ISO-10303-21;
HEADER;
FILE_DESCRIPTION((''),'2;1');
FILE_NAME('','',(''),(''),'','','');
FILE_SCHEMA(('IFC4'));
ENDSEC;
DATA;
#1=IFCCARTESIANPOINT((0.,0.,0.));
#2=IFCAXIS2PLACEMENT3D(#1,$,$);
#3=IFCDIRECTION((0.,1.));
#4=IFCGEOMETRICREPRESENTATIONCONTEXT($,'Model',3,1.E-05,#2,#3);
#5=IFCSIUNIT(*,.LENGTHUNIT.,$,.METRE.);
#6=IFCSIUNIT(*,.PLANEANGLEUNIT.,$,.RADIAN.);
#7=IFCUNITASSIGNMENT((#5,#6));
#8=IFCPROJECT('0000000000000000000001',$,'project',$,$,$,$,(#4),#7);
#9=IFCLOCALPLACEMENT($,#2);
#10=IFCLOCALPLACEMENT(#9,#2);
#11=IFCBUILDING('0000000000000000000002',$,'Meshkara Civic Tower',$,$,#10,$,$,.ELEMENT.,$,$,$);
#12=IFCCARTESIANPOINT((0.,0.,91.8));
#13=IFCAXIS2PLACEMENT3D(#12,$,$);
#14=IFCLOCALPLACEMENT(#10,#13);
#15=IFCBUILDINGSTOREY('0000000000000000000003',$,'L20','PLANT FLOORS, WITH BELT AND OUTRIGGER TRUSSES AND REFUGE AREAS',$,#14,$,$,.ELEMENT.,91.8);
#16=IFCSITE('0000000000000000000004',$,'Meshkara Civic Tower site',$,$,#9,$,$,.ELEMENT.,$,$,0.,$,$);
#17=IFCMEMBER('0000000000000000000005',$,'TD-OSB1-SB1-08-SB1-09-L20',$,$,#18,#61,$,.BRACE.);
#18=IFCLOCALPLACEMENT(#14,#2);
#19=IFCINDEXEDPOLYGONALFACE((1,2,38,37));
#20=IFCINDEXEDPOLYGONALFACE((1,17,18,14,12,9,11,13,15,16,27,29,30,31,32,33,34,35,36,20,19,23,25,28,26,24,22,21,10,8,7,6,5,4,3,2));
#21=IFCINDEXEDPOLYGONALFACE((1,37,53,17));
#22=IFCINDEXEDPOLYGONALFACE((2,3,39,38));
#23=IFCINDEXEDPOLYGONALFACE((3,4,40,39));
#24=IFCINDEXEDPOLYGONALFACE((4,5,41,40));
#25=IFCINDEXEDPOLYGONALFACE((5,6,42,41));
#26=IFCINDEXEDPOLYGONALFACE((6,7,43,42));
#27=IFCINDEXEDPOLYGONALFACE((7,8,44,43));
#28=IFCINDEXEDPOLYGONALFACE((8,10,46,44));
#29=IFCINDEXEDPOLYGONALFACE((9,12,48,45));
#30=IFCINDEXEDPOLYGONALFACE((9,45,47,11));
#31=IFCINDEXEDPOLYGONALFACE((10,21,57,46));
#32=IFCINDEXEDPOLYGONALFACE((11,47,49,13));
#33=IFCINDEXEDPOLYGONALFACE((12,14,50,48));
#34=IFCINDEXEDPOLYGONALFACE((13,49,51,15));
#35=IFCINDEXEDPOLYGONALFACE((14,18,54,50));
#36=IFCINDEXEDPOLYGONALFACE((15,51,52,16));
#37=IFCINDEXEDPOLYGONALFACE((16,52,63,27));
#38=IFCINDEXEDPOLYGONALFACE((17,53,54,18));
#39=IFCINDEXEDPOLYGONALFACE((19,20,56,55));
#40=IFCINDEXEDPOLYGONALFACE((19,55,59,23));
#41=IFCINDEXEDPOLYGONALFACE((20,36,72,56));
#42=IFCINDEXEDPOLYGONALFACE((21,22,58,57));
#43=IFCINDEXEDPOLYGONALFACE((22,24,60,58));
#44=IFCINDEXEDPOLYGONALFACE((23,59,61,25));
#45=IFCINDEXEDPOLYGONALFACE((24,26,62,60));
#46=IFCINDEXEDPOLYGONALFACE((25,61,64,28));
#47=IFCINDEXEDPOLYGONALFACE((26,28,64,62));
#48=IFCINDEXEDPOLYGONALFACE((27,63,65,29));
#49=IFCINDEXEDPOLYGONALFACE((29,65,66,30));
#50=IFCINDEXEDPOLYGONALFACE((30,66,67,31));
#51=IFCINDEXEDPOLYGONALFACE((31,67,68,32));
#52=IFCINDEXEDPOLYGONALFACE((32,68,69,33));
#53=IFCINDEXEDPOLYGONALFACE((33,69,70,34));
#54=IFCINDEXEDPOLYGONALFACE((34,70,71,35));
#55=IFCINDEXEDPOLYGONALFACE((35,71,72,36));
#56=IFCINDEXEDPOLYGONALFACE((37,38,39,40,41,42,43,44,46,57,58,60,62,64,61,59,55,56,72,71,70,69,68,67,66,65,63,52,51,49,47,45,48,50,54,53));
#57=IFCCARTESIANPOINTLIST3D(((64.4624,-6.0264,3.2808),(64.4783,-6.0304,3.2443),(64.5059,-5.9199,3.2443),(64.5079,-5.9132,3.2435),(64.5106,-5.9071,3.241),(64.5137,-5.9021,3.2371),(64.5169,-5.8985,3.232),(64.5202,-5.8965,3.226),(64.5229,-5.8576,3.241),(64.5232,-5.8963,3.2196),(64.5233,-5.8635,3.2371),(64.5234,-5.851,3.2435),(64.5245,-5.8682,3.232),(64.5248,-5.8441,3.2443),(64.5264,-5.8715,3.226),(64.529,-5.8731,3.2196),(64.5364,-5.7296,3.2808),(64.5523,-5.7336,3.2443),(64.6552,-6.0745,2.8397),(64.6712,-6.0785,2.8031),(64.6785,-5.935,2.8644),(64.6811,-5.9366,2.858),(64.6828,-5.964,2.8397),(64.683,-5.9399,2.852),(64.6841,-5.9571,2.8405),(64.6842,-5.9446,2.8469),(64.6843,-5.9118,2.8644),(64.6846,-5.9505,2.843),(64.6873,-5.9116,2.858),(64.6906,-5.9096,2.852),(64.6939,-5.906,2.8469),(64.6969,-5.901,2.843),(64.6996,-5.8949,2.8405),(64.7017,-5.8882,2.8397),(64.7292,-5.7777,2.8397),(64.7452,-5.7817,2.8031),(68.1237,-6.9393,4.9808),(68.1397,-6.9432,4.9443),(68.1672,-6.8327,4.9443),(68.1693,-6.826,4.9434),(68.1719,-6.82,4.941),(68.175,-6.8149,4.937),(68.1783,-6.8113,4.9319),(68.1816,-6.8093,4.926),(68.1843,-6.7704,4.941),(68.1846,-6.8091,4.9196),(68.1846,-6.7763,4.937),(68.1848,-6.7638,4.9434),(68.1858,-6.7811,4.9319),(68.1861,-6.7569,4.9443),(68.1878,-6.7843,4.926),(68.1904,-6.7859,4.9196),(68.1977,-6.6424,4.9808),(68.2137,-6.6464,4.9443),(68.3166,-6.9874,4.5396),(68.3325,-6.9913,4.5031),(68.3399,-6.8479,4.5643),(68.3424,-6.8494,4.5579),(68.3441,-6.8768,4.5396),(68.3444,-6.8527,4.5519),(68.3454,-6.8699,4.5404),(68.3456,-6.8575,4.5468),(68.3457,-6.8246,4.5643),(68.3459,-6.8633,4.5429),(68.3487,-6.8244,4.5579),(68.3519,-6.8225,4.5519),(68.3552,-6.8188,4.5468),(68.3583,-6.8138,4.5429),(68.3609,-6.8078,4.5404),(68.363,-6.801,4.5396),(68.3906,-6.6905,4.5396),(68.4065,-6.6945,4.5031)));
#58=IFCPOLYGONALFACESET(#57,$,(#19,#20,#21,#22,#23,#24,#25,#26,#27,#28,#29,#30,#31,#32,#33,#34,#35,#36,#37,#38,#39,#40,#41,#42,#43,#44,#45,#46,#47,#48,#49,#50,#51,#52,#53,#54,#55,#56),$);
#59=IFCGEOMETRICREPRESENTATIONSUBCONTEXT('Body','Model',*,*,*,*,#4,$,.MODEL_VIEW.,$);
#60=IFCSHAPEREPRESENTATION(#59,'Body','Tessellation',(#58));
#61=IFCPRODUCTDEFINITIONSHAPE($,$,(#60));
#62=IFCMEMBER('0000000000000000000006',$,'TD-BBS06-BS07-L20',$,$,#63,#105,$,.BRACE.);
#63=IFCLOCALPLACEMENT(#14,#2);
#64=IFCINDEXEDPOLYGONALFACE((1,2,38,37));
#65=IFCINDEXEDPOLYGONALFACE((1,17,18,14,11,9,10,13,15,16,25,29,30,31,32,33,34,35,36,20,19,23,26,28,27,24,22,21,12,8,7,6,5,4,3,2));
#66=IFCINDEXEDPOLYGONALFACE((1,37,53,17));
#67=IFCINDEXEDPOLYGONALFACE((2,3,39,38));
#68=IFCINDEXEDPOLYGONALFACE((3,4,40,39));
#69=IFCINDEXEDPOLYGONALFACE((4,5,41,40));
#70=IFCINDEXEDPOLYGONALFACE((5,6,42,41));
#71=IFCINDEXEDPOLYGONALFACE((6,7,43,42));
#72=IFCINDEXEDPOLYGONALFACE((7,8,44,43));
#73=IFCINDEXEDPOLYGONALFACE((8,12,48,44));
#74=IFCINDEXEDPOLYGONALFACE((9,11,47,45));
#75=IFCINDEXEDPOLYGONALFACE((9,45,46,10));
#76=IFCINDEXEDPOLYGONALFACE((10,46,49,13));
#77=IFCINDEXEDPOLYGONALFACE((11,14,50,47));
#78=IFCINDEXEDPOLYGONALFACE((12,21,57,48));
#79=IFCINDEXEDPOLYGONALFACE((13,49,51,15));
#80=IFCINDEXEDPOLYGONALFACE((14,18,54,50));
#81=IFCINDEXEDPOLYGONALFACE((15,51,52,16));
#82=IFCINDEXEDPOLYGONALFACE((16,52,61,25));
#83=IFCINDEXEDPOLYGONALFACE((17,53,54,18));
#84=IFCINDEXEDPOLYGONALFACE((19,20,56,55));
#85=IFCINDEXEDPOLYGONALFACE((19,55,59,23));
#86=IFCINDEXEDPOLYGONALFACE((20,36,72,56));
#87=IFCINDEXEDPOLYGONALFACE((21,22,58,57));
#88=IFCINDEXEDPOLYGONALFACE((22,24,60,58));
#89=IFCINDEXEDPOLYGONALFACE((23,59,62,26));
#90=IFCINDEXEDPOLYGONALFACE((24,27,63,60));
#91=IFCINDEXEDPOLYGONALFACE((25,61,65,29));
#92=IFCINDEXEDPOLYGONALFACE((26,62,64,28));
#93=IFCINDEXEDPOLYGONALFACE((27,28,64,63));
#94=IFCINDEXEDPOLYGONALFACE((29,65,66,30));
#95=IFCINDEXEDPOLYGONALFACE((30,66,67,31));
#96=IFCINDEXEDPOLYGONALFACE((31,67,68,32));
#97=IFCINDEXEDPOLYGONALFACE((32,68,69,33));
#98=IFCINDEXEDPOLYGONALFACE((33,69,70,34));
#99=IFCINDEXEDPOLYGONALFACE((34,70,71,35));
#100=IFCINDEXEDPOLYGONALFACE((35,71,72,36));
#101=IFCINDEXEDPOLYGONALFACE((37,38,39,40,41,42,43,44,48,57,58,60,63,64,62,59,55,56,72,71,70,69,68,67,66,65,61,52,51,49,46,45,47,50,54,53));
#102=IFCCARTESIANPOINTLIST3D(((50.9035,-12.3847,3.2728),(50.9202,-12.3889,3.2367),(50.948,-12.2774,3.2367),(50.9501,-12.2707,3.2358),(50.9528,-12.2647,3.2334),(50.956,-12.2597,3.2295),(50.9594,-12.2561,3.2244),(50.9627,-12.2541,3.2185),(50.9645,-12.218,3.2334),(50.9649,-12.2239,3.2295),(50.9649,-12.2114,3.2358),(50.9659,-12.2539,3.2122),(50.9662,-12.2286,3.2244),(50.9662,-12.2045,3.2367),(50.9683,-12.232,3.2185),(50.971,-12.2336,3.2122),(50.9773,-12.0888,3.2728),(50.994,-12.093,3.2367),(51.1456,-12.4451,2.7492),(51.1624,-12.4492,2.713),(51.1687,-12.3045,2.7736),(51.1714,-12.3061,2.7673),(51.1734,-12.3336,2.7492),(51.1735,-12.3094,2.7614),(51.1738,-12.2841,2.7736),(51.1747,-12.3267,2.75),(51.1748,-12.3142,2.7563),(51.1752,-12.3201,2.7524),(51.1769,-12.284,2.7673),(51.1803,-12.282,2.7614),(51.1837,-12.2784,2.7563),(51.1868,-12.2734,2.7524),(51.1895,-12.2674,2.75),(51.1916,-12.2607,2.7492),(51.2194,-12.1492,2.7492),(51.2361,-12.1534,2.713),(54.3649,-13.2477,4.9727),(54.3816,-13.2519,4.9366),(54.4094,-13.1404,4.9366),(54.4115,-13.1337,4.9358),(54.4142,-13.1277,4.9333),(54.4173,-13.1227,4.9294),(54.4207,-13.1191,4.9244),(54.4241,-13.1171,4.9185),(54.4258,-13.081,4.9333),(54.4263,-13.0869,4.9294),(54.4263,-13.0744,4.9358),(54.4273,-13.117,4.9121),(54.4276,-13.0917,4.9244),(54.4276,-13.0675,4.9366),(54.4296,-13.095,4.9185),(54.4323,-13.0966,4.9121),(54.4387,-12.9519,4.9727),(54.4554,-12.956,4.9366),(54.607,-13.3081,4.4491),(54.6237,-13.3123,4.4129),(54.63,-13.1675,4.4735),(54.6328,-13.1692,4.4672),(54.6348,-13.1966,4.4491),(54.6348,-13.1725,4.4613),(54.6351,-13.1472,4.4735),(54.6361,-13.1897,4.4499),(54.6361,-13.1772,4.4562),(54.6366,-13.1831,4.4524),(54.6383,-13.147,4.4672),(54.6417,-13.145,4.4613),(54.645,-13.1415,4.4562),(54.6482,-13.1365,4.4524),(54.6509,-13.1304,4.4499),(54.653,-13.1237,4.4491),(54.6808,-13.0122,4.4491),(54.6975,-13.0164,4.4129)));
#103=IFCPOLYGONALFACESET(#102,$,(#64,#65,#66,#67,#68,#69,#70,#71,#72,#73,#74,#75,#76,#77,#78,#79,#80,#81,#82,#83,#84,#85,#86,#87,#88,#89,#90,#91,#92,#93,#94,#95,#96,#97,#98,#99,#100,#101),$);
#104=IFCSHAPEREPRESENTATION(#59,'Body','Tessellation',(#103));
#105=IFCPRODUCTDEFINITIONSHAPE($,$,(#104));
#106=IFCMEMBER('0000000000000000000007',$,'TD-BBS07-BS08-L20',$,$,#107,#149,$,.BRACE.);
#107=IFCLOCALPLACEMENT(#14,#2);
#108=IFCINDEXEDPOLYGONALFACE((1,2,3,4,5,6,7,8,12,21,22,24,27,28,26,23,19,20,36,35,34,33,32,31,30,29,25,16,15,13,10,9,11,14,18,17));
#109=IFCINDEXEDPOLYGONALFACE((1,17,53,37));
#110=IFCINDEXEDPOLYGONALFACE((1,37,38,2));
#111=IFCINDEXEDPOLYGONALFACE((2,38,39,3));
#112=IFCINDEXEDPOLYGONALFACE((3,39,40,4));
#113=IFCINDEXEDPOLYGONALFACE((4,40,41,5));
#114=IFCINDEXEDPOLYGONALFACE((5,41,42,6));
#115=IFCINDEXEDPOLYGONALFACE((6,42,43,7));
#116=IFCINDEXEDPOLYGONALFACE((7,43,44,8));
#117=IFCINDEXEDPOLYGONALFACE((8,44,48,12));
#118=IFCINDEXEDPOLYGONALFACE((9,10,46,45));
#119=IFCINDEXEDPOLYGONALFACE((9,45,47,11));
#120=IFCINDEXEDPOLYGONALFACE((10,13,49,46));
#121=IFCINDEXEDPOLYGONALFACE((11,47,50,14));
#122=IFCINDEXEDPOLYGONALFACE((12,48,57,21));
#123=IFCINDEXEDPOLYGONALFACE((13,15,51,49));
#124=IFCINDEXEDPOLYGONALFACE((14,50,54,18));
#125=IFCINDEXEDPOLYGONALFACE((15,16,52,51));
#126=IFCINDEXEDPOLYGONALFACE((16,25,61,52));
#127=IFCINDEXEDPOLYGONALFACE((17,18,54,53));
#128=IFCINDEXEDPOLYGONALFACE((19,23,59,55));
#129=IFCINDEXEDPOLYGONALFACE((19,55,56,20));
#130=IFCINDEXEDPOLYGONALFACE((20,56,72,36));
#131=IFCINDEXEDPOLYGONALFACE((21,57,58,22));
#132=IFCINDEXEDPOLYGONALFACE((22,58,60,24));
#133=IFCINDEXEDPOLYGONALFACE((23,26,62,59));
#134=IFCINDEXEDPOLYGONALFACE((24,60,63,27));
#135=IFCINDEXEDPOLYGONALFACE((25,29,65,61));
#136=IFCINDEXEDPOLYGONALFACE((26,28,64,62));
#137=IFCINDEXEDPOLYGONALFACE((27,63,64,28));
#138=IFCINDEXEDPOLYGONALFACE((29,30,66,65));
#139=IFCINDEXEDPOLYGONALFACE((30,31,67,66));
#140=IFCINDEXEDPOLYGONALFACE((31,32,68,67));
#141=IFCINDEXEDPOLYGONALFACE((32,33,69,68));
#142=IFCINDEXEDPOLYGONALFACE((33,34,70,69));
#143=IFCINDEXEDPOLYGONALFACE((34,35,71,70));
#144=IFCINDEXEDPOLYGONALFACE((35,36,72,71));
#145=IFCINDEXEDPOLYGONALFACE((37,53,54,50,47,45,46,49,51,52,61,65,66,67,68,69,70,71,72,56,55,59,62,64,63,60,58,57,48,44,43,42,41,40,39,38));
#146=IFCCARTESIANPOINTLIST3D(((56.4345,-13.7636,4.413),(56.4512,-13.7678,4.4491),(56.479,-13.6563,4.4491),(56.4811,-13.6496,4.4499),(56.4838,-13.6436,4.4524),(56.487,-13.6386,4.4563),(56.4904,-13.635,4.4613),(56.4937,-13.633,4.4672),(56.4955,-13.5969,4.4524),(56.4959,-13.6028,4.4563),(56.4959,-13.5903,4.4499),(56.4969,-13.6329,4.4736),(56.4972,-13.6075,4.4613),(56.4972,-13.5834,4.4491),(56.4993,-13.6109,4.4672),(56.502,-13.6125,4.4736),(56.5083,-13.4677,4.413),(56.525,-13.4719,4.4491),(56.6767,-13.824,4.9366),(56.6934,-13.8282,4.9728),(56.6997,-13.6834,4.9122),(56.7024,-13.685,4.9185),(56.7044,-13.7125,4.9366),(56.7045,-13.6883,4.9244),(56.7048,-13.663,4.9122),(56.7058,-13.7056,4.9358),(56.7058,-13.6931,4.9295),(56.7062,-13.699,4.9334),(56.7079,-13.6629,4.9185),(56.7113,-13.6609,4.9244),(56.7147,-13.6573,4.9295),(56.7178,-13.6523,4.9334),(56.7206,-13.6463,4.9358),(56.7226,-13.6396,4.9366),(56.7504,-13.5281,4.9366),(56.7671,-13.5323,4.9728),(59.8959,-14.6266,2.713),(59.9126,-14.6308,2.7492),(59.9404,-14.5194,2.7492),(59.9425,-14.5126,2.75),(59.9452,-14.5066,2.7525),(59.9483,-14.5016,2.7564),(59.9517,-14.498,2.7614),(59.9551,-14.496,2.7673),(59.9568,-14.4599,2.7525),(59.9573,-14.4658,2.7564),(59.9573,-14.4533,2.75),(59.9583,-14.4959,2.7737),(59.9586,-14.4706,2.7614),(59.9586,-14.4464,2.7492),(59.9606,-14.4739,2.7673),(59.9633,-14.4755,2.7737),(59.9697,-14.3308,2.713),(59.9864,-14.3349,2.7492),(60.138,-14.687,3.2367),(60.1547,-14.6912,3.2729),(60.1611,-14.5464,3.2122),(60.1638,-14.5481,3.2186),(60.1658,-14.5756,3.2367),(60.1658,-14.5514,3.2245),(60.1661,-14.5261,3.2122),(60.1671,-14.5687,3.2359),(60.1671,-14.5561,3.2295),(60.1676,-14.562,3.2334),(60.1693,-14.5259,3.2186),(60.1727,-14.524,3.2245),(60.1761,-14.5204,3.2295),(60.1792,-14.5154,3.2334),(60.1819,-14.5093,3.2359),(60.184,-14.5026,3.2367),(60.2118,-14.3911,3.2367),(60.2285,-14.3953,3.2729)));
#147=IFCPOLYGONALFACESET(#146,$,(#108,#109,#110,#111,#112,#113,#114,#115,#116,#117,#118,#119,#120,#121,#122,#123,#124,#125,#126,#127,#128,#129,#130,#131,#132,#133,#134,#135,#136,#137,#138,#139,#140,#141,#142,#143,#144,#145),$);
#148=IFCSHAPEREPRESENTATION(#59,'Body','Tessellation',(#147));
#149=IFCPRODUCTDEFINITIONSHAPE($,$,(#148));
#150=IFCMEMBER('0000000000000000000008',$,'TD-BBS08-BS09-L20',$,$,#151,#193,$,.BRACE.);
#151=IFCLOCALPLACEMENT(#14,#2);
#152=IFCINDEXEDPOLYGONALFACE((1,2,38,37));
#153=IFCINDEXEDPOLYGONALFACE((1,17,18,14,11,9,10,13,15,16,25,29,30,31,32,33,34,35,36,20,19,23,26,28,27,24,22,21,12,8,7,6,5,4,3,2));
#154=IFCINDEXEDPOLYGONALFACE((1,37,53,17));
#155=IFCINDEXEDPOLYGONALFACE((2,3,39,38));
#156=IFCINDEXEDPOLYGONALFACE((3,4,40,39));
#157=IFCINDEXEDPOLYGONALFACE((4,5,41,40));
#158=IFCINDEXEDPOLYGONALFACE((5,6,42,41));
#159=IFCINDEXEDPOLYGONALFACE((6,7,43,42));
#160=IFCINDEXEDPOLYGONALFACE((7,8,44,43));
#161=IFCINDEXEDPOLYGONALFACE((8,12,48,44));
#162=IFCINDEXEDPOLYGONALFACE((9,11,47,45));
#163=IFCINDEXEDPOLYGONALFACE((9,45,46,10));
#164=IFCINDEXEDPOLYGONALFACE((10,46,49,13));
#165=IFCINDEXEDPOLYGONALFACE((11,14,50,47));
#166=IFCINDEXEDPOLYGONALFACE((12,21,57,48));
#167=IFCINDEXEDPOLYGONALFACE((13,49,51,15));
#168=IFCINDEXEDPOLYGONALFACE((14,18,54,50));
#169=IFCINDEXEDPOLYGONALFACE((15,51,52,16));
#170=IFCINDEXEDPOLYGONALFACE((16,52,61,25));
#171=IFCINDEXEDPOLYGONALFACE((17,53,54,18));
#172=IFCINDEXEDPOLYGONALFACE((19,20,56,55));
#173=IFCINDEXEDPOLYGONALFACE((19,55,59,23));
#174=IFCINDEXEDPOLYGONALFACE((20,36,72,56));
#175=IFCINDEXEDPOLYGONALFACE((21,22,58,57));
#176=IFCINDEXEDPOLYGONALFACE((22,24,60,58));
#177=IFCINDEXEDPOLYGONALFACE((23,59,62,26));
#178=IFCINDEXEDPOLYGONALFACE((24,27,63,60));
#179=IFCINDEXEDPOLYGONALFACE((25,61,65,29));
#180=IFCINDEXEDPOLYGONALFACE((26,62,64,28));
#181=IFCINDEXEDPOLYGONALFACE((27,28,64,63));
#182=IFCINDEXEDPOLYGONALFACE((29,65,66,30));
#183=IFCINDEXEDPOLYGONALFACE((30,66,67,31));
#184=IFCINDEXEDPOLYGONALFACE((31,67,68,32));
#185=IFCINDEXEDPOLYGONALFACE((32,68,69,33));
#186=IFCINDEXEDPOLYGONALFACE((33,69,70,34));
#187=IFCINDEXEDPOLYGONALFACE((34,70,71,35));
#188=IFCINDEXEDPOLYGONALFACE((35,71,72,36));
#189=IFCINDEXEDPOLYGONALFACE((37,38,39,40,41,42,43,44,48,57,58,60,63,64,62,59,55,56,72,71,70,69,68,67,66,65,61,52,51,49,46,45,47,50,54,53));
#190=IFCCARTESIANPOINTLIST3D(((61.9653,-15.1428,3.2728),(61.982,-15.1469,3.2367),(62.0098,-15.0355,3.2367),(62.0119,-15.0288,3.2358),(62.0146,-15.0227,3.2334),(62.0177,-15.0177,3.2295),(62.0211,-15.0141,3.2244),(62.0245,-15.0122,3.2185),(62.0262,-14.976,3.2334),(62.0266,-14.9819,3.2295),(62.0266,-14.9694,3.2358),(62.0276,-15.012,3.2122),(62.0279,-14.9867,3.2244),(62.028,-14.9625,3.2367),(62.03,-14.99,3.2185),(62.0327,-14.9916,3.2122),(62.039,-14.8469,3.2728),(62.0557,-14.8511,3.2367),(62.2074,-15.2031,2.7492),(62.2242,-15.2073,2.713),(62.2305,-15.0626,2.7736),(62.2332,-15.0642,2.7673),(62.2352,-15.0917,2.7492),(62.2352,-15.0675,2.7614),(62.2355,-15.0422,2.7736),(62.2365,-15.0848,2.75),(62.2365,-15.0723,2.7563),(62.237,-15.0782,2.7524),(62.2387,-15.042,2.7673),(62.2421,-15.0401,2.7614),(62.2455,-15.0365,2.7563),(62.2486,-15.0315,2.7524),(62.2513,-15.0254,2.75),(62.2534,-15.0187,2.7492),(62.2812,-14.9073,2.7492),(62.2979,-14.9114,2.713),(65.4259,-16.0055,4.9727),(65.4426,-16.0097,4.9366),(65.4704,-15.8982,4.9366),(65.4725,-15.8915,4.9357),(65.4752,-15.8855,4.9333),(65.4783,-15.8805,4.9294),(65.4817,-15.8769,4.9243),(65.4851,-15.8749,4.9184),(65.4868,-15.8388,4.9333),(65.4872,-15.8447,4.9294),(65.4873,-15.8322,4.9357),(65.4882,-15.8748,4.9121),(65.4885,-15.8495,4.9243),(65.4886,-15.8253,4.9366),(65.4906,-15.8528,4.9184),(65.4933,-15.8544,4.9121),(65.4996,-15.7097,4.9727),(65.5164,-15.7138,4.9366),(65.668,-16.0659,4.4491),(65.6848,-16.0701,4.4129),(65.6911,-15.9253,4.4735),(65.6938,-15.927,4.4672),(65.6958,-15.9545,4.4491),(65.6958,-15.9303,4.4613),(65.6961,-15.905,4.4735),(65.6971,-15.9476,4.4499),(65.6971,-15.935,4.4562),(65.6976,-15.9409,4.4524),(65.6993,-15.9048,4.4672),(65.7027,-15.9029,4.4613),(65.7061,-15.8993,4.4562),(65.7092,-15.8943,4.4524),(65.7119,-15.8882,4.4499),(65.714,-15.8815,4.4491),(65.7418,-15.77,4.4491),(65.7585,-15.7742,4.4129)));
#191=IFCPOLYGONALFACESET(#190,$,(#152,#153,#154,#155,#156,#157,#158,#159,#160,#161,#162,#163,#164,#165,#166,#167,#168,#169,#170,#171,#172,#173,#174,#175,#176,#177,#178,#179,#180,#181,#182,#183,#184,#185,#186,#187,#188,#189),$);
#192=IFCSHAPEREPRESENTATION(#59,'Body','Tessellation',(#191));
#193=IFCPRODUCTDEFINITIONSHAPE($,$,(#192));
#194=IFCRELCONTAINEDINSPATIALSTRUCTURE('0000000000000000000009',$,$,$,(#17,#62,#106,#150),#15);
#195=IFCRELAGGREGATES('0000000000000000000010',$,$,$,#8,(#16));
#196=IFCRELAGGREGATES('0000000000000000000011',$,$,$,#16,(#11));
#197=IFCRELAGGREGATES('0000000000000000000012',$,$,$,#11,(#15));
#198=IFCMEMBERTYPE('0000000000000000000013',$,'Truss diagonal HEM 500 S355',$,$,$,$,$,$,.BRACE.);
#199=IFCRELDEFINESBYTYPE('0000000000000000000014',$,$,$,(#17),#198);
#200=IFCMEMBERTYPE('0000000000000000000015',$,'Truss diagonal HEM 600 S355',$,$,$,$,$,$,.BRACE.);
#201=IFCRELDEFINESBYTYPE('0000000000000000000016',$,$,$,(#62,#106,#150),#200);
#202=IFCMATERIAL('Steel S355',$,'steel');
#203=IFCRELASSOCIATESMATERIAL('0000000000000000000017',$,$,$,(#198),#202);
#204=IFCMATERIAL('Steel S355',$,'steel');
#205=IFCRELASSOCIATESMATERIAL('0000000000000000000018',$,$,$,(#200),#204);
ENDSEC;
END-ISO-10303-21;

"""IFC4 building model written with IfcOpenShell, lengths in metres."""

from ifc_helpers import new_model, si_unit, direction, frame, origin, origin_2d, place, context, subcontext, project, spatial, i_section, extrude, material, material_profile, profile_set, type_object, element, save


model = new_model("IFC4")

# Units and contexts
model_context = context("Model", 3, precision=1e-05, world=origin(), true_north=direction((0.0, 1.0)))
body_context = subcontext(model_context, "Body", "Model", "MODEL_VIEW")
ifc_project = project(units=[si_unit("LENGTHUNIT", "METRE"), si_unit("PLANEANGLEUNIT", "RADIAN")], contexts=[model_context])

# Site, building, storey
site_placement = place(None, origin())
site = spatial("IfcSite", under=ifc_project, at=site_placement, Name="Meshkara Civic Tower site", CompositionType="ELEMENT", RefElevation=0.0)
building_placement = place(site_placement, origin())
building = spatial("IfcBuilding", under=site, at=building_placement, Name="Meshkara Civic Tower", CompositionType="ELEMENT")
storey_placement = place(building_placement, frame((0.0, 0.0, 91.8)))
storey = spatial("IfcBuildingStorey", under=building, at=storey_placement, Name="L20", Description="PLANT FLOORS, WITH BELT AND OUTRIGGER TRUSSES AND REFUGE AREAS", CompositionType="ELEMENT", Elevation=91.8)

# Members
ifc_material_1 = material(Name="Steel S355", Category="steel")
ifc_material_profile_1 = material_profile(ifc_material_1, i_section(OverallWidth=0.3059, OverallDepth=0.5239, WebThickness=0.0239, FlangeThickness=0.04, FilletRadius=0.0271, at=origin_2d()))
ifc_profile_set_1 = profile_set([ifc_material_profile_1], Name="Steel S355")
member_type_1 = type_object("IfcMemberType", Name="Truss diagonal HEM 500 S355", PredefinedType="BRACE", material=ifc_profile_set_1)
member_1_placement = place(storey_placement, frame((64.6038, -5.9041, 3.042), z_axis=(0.884669, -0.220563, 0.410746), x_axis=(0.241911, 0.970298, 0.0)))
element("IfcMember", 1, at=member_1_placement, inside=storey, type_object=member_type_1, Name="TD-OSB1-SB1-08-SB1-09-L20", PredefinedType="BRACE", context=body_context, shape_type="SweptSolid", body=[
    extrude(i_section(OverallWidth=0.3059, OverallDepth=0.5239, WebThickness=0.0239, FlangeThickness=0.04, FilletRadius=0.0271, at=origin_2d()), origin(), (0.0, 0.0, 1.0), 4.1387),
])
ifc_material_2 = material(Name="Steel S355", Category="steel")
ifc_material_profile_2 = material_profile(ifc_material_2, i_section(OverallWidth=0.3049, OverallDepth=0.6201, WebThickness=0.021, FlangeThickness=0.04, FilletRadius=0.0271, at=origin_2d()))
ifc_profile_set_2 = profile_set([ifc_material_profile_2], Name="Steel S355")
member_type_2 = type_object("IfcMemberType", Name="Truss diagonal HEM 600 S355", PredefinedType="BRACE", material=ifc_profile_set_2)
for number, where, z_axis, x_axis, name in (
    (2, (51.0698, -12.269, 2.9929), (0.875928, -0.218395, 0.430179), (0.241924, 0.970295, 0.0), "TD-BBS06-BS07-L20"),
    (3, (56.6008, -13.6479, 4.6929), (0.875928, -0.218395, -0.430179), (0.241924, 0.970295, 0.0), "TD-BBS07-BS08-L20"),
):
    element("IfcMember", number, at=place(storey_placement, frame(where, z_axis=z_axis, x_axis=x_axis)), inside=storey, type_object=member_type_2, Name=name, PredefinedType="BRACE", context=body_context, shape_type="SweptSolid", body=[
        extrude(i_section(OverallWidth=0.3049, OverallDepth=0.6201, WebThickness=0.021, FlangeThickness=0.04, FilletRadius=0.0271, at=origin_2d()), origin(), (0.0, 0.0, 1.0), 3.9517),
    ])
member_2_placement = place(storey_placement, frame((62.1316, -15.0271, 2.9929), z_axis=(0.875896, -0.218372, 0.430255), x_axis=(0.241907, 0.970299, 0.0)))
element("IfcMember", 4, at=member_2_placement, inside=storey, type_object=member_type_2, Name="TD-BBS08-BS09-L20", PredefinedType="BRACE", context=body_context, shape_type="SweptSolid", body=[
    extrude(i_section(OverallWidth=0.3049, OverallDepth=0.6201, WebThickness=0.021, FlangeThickness=0.04, FilletRadius=0.0271, at=origin_2d()), origin(), (0.0, 0.0, 1.0), 3.9509),
])

save(model, "model.ifc")
